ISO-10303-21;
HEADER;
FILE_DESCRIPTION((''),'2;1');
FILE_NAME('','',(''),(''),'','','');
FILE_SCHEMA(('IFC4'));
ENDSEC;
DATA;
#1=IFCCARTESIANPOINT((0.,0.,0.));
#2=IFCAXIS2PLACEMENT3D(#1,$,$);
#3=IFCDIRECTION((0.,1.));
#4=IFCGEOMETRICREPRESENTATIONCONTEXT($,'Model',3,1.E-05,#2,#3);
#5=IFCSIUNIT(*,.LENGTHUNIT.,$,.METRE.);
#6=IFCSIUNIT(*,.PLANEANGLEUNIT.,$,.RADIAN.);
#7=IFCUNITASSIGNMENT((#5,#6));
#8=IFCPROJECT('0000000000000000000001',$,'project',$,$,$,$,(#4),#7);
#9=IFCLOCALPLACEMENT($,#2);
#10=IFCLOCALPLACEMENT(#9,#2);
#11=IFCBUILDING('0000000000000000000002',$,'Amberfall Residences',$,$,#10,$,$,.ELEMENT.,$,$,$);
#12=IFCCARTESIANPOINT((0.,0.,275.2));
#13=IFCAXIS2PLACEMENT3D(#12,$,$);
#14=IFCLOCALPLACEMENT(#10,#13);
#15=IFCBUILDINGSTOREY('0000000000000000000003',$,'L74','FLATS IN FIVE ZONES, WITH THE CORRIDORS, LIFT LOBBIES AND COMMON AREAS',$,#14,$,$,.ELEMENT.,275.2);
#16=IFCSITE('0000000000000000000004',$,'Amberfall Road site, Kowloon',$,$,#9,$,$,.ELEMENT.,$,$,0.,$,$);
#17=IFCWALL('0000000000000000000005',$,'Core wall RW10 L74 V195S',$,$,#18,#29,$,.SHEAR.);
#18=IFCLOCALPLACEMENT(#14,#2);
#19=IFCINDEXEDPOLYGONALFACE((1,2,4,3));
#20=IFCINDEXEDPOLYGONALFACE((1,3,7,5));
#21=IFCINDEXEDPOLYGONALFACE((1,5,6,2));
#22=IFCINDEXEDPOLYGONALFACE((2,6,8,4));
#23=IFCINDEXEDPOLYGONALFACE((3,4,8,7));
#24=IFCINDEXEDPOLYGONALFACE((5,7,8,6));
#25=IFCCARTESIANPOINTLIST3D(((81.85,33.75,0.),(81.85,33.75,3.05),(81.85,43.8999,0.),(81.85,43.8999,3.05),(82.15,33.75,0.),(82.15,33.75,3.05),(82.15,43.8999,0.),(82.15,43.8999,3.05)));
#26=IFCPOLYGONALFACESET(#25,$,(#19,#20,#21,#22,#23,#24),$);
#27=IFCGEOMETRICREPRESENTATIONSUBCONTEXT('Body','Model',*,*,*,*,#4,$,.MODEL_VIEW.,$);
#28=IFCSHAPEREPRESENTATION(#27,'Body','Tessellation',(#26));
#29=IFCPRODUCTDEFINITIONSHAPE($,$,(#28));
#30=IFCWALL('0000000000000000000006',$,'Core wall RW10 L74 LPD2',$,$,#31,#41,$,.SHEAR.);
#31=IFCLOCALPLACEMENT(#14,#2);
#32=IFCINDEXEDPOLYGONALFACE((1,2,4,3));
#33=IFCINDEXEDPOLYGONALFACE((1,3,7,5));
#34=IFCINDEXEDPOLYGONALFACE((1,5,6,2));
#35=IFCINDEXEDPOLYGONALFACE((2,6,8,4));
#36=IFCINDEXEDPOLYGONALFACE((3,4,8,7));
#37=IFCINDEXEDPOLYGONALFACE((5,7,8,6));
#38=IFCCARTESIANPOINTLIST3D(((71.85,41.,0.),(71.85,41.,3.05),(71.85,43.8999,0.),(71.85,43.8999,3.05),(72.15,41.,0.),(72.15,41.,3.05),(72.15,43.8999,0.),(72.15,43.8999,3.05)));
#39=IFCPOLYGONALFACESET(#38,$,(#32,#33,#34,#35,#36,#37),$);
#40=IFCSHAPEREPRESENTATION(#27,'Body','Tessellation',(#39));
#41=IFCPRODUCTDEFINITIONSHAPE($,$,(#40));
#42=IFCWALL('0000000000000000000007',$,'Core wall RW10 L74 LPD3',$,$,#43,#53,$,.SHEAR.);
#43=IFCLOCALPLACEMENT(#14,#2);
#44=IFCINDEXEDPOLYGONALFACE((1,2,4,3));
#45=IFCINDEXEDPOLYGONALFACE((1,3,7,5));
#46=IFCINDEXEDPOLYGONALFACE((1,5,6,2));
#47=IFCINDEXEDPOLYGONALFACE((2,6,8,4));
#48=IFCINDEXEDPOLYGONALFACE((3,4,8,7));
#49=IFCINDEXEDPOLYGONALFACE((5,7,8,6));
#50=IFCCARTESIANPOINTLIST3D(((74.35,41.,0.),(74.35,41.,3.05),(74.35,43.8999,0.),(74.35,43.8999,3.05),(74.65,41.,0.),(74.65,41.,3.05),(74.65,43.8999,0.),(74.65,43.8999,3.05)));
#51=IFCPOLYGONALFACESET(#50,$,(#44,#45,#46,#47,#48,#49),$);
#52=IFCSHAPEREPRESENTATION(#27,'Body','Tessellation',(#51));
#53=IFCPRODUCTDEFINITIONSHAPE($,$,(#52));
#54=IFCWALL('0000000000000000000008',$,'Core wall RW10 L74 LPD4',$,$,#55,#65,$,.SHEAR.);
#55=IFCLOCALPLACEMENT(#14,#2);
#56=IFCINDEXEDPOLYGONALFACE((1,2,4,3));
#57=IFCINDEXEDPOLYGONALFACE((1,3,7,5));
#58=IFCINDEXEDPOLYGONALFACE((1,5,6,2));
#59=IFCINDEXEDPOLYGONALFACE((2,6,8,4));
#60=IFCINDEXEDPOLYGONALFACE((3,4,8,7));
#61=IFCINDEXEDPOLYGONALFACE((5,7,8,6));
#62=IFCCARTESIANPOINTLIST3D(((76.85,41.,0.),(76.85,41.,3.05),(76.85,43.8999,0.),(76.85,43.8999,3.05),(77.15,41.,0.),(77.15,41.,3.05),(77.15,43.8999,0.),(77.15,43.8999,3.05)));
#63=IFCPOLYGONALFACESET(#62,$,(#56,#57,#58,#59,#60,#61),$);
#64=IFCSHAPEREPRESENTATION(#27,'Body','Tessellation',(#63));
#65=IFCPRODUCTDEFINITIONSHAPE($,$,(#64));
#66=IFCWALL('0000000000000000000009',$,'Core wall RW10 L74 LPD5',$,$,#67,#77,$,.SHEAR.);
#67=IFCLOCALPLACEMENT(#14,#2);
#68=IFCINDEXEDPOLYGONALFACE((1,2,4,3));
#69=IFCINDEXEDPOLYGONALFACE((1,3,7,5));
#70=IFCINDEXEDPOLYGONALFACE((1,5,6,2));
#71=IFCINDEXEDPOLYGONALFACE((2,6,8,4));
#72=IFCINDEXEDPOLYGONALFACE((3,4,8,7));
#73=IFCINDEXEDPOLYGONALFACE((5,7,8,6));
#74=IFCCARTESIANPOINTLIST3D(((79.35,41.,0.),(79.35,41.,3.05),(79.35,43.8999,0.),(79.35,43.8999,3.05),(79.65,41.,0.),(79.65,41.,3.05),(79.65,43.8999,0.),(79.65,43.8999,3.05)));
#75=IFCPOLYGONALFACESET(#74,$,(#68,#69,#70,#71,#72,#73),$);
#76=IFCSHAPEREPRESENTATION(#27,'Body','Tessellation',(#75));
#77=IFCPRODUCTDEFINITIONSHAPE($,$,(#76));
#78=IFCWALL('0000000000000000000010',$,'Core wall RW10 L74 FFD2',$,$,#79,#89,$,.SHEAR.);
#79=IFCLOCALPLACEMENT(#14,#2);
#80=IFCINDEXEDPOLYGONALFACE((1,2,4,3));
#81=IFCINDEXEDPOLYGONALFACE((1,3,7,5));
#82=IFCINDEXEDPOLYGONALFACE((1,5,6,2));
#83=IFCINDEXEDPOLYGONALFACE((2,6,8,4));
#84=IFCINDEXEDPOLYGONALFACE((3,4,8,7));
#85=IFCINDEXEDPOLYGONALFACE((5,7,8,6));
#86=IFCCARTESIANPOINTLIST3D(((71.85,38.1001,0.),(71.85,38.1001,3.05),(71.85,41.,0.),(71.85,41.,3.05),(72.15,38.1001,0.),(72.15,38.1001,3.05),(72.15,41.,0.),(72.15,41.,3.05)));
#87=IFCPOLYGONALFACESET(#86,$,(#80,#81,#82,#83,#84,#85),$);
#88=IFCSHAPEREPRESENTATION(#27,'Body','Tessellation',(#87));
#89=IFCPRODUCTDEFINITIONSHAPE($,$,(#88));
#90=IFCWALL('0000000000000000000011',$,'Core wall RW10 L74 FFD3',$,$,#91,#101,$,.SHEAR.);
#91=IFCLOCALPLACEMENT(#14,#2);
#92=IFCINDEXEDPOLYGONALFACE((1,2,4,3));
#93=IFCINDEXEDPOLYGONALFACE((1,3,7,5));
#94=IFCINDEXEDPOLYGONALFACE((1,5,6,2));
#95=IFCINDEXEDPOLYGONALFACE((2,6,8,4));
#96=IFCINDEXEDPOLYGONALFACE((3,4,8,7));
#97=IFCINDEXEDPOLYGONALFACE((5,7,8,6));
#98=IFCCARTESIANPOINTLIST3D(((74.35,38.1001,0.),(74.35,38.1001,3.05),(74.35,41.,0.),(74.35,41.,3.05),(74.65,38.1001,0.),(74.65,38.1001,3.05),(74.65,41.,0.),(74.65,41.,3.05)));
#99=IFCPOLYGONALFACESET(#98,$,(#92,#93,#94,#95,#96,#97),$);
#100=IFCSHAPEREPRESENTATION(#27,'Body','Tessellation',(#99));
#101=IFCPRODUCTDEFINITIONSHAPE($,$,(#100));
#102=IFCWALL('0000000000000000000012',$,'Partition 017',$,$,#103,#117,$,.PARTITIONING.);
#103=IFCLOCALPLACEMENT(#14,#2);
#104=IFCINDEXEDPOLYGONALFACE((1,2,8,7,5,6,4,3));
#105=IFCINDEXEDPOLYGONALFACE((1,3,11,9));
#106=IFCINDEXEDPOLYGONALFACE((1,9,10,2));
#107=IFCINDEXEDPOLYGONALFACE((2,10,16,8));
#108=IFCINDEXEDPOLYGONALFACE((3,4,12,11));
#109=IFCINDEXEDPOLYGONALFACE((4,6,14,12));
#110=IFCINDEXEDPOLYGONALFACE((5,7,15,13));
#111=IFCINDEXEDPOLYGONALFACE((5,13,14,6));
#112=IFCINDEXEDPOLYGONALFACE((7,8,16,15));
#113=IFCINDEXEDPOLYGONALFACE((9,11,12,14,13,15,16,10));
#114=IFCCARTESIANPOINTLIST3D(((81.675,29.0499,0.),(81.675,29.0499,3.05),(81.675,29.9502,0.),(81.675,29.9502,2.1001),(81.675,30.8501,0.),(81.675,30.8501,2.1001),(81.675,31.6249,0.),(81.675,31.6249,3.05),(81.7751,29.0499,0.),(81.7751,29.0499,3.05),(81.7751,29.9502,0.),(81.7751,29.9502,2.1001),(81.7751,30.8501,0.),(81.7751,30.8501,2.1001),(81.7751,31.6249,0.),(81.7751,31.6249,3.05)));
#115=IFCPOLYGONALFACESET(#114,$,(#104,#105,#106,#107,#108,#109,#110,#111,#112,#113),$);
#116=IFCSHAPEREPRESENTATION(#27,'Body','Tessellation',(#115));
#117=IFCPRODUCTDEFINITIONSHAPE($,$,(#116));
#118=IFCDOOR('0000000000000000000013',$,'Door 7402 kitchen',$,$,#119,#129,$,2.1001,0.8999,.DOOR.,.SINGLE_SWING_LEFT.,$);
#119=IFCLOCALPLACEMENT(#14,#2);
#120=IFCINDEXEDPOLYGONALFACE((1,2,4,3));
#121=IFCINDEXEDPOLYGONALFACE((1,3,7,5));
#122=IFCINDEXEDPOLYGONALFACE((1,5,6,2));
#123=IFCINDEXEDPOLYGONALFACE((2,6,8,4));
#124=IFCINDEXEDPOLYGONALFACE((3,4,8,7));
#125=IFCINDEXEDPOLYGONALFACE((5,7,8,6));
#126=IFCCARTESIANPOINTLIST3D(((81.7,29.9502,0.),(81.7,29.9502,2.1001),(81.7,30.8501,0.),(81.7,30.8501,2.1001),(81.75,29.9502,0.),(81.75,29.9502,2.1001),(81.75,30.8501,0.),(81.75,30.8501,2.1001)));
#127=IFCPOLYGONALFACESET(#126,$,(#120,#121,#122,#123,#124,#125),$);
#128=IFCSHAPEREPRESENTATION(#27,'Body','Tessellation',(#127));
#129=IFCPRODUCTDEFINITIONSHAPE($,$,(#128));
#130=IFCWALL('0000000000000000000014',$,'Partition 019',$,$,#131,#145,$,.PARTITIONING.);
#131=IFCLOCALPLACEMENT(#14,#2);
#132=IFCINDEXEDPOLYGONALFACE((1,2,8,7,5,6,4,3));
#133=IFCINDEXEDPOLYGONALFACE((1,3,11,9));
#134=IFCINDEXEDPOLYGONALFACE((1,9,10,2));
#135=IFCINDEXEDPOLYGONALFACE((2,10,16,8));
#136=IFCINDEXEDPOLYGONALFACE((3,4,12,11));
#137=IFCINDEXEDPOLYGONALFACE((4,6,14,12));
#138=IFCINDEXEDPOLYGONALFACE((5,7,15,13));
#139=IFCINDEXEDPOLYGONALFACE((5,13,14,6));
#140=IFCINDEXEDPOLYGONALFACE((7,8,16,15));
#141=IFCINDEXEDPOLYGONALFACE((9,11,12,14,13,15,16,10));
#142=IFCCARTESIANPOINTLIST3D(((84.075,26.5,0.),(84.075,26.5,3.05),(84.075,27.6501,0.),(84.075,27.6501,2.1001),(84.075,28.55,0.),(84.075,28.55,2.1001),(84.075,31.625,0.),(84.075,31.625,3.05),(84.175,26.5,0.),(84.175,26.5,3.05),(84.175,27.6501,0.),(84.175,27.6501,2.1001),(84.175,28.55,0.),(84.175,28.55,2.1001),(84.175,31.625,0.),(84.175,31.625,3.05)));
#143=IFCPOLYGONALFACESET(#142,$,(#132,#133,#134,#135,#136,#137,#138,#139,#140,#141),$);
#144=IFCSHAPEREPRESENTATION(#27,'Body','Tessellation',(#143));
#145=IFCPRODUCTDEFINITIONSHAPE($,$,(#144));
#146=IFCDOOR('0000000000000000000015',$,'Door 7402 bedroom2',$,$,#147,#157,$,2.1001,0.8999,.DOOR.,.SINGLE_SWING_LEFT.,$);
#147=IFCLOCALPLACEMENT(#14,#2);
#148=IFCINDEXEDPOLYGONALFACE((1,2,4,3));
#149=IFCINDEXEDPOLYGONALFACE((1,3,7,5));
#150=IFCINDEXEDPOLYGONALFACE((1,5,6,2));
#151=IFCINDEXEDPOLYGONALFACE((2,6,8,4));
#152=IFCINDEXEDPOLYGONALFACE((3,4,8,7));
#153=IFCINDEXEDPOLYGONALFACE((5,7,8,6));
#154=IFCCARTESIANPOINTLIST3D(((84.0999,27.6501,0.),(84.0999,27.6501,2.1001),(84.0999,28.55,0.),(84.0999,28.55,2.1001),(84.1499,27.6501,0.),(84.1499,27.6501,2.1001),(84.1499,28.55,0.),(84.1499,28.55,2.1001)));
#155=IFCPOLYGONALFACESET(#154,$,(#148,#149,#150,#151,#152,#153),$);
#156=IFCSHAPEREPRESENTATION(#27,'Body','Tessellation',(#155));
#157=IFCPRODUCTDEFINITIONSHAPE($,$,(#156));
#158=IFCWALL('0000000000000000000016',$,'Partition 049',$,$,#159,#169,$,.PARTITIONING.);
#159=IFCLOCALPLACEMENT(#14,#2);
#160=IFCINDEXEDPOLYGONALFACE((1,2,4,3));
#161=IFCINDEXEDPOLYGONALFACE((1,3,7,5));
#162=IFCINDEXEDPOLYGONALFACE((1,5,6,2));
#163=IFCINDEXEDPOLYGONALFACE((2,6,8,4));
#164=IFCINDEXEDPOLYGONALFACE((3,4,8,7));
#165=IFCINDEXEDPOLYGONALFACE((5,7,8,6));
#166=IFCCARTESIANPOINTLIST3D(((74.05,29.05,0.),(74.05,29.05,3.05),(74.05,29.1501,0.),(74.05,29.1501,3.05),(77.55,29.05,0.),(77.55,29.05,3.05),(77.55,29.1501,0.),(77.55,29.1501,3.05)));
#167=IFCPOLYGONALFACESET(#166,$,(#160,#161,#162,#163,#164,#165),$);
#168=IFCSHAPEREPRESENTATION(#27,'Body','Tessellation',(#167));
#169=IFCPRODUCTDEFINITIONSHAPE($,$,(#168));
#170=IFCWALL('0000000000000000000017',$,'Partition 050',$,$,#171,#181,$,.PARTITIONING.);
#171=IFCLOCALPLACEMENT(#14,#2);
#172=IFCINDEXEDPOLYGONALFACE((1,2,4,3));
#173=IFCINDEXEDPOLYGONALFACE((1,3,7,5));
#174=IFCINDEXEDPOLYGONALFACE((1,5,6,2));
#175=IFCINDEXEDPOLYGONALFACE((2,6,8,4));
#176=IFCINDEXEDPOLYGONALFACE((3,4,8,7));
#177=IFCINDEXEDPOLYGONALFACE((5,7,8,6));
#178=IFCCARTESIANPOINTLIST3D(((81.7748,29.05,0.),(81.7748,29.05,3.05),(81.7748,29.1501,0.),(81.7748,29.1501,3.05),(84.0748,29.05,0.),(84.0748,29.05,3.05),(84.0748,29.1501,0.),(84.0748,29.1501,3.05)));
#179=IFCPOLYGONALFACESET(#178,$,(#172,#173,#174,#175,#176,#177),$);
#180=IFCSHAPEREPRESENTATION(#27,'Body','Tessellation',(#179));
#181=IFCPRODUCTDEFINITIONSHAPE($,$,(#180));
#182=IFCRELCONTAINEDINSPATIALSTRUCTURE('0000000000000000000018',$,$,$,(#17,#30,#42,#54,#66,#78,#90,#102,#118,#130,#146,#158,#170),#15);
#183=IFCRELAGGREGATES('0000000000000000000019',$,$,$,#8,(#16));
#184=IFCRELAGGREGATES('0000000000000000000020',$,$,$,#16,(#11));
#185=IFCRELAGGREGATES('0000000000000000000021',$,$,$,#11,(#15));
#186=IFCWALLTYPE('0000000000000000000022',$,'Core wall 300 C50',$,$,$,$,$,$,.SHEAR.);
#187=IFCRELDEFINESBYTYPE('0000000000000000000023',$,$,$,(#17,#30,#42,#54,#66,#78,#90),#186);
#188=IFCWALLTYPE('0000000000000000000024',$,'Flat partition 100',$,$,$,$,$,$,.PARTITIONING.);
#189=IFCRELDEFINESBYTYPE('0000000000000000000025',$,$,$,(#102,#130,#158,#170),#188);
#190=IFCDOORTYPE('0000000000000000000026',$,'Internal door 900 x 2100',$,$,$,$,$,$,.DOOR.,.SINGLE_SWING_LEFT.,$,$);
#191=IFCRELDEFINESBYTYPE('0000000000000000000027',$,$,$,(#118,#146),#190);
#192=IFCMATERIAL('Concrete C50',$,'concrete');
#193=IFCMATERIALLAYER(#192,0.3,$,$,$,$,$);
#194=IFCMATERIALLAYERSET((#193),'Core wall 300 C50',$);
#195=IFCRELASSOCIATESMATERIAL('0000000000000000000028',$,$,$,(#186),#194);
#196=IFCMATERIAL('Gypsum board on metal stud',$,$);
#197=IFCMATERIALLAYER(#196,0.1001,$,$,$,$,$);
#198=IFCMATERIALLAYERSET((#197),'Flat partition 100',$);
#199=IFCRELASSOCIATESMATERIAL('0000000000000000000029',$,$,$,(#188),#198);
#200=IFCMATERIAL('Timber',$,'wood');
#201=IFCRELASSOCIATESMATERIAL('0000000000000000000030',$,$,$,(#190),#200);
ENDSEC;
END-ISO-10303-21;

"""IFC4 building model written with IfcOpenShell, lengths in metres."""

from ifc_helpers import new_model, si_unit, direction, frame, frame_2d, origin, place, context, subcontext, project, spatial, rectangle, extrude, material, layer, layer_set, type_object, element, fill, save


model = new_model("IFC4")

# Units and contexts
model_context = context("Model", 3, precision=1e-05, world=origin(), true_north=direction((0.0, 1.0)))
body_context = subcontext(model_context, "Body", "Model", "MODEL_VIEW")
ifc_project = project(units=[si_unit("LENGTHUNIT", "METRE"), si_unit("PLANEANGLEUNIT", "RADIAN")], contexts=[model_context])

# Site, building, storey
site_placement = place(None, origin())
site = spatial("IfcSite", under=ifc_project, at=site_placement, Name="Amberfall Road site, Kowloon", CompositionType="ELEMENT", RefElevation=0.0)
building_placement = place(site_placement, origin())
building = spatial("IfcBuilding", under=site, at=building_placement, Name="Amberfall Residences", CompositionType="ELEMENT")
storey_placement = place(building_placement, frame((0.0, 0.0, 275.2)))
storey = spatial("IfcBuildingStorey", under=building, at=storey_placement, Name="L74", Description="FLATS IN FIVE ZONES, WITH THE CORRIDORS, LIFT LOBBIES AND COMMON AREAS", CompositionType="ELEMENT", Elevation=275.2)

# Walls
ifc_material_1 = material(Name="Concrete C50", Category="concrete")
ifc_layer_1 = layer(ifc_material_1, 0.3)
ifc_layer_set_1 = layer_set([ifc_layer_1], Name="Core wall 300 C50")
wall_type_1 = type_object("IfcWallType", Name="Core wall 300 C50", PredefinedType="SHEAR", material=ifc_layer_set_1)
wall_1_placement = place(storey_placement, frame((82.0, 33.75, 0.0), z_axis=(0.0, 0.0, 1.0), x_axis=(0.0, 1.0, 0.0)))
element("IfcWall", 1, at=wall_1_placement, inside=storey, type_object=wall_type_1, Name="Core wall RW10 L74 V195S", PredefinedType="SHEAR", context=body_context, shape_type="SweptSolid", body=[
    extrude(rectangle(XDim=10.1499, YDim=0.3, at=frame_2d((5.075, 0.0))), origin(), (0.0, 0.0, 1.0), 3.05),
])
for number, where, z_axis, x_axis, name in (
    (2, (72.0, 41.0, 0.0), (0.0, 0.0, 1.0), (0.0, 1.0, 0.0), "Core wall RW10 L74 LPD2"),
    (3, (74.5, 41.0, 0.0), (0.0, 0.0, 1.0), (0.0, 1.0, 0.0), "Core wall RW10 L74 LPD3"),
    (4, (77.0, 41.0, 0.0), (0.0, 0.0, 1.0), (0.0, 1.0, 0.0), "Core wall RW10 L74 LPD4"),
    (5, (79.5, 41.0, 0.0), (0.0, 0.0, 1.0), (0.0, 1.0, 0.0), "Core wall RW10 L74 LPD5"),
    (6, (72.0, 38.1001, 0.0), (0.0, 0.0, 1.0), (0.0, 1.0, 0.0), "Core wall RW10 L74 FFD2"),
    (7, (74.5, 38.1001, 0.0), (0.0, 0.0, 1.0), (0.0, 1.0, 0.0), "Core wall RW10 L74 FFD3"),
):
    element("IfcWall", number, at=place(storey_placement, frame(where, z_axis=z_axis, x_axis=x_axis)), inside=storey, type_object=wall_type_1, Name=name, PredefinedType="SHEAR", context=body_context, shape_type="SweptSolid", body=[
        extrude(rectangle(XDim=2.8999, YDim=0.3, at=frame_2d((1.45, 0.0))), origin(), (0.0, 0.0, 1.0), 3.05),
    ])

# Walls, openings, doors
ifc_material_2 = material(Name="Gypsum board on metal stud")
ifc_layer_2 = layer(ifc_material_2, 0.1001)
ifc_layer_set_2 = layer_set([ifc_layer_2], Name="Flat partition 100")
wall_type_2 = type_object("IfcWallType", Name="Flat partition 100", PredefinedType="PARTITIONING", material=ifc_layer_set_2)
wall_2_placement = place(storey_placement, frame((81.7251, 31.625, 0.0), z_axis=(0.0, 0.0, 1.0), x_axis=(0.0, -1.0, 0.0)))
wall_2 = element("IfcWall", 8, at=wall_2_placement, inside=storey, type_object=wall_type_2, Name="Partition 017", PredefinedType="PARTITIONING", context=body_context, shape_type="SweptSolid", body=[
    extrude(rectangle(XDim=2.575, YDim=0.1001, at=frame_2d((1.2876, 0.0))), origin(), (0.0, 0.0, 1.0), 3.05),
])
opening_1_placement = place(wall_2_placement, frame((0.7749, 0.0, 0.0)))
opening_1 = element("IfcOpeningElement", 9, at=opening_1_placement, cuts=wall_2, PredefinedType="OPENING", context=body_context, shape_type="SweptSolid", body=[
    extrude(rectangle(XDim=0.8999, YDim=2.1001, at=frame_2d((0.45, 1.05))), frame((0.0, 0.0601, 0.0), z_axis=(0.0, -1.0, 0.0), x_axis=(1.0, 0.0, 0.0)), (0.0, 0.0, 1.0), 0.1201),
])
ifc_material_3 = material(Name="Timber", Category="wood")
door_type_1 = type_object("IfcDoorType", Name="Internal door 900 x 2100", OperationType="SINGLE_SWING_LEFT", PredefinedType="DOOR", material=ifc_material_3)
door_1_placement = place(opening_1_placement, origin())
door_1 = element("IfcDoor", 10, at=door_1_placement, inside=storey, type_object=door_type_1, Name="Door 7402 kitchen", OperationType="SINGLE_SWING_LEFT", OverallHeight=2.1001, OverallWidth=0.8999, PredefinedType="DOOR", context=body_context, shape_type="SweptSolid", body=[
    extrude(rectangle(XDim=0.8999, YDim=2.1001, at=frame_2d((0.45, 1.05))), frame((0.0, 0.0249, 0.0), z_axis=(0.0, -1.0, 0.0), x_axis=(1.0, 0.0, 0.0)), (0.0, 0.0, 1.0), 0.05),
])
fill(opening_1, door_1)
wall_3_placement = place(storey_placement, frame((84.125, 31.625, 0.0), z_axis=(0.0, 0.0, 1.0), x_axis=(0.0, -1.0, 0.0)))
wall_3 = element("IfcWall", 11, at=wall_3_placement, inside=storey, type_object=wall_type_2, Name="Partition 019", PredefinedType="PARTITIONING", context=body_context, shape_type="SweptSolid", body=[
    extrude(rectangle(XDim=5.125, YDim=0.1001, at=frame_2d((2.5625, 0.0))), origin(), (0.0, 0.0, 1.0), 3.05),
])
opening_2_placement = place(wall_3_placement, frame((3.075, 0.0, 0.0)))
opening_2 = element("IfcOpeningElement", 12, at=opening_2_placement, cuts=wall_3, PredefinedType="OPENING", context=body_context, shape_type="SweptSolid", body=[
    extrude(rectangle(XDim=0.8999, YDim=2.1001, at=frame_2d((0.45, 1.05))), frame((0.0, 0.0601, 0.0), z_axis=(0.0, -1.0, 0.0), x_axis=(1.0, 0.0, 0.0)), (0.0, 0.0, 1.0), 0.1201),
])
door_2_placement = place(opening_2_placement, origin())
door_2 = element("IfcDoor", 13, at=door_2_placement, inside=storey, type_object=door_type_1, Name="Door 7402 bedroom2", OperationType="SINGLE_SWING_LEFT", OverallHeight=2.1001, OverallWidth=0.8999, PredefinedType="DOOR", context=body_context, shape_type="SweptSolid", body=[
    extrude(rectangle(XDim=0.8999, YDim=2.1001, at=frame_2d((0.45, 1.05))), frame((0.0, 0.0249, 0.0), z_axis=(0.0, -1.0, 0.0), x_axis=(1.0, 0.0, 0.0)), (0.0, 0.0, 1.0), 0.05),
])
fill(opening_2, door_2)

# Walls
wall_4_placement = place(storey_placement, frame((74.05, 29.1001, 0.0), z_axis=(0.0, 0.0, 1.0), x_axis=(1.0, 0.0, 0.0)))
element("IfcWall", 14, at=wall_4_placement, inside=storey, type_object=wall_type_2, Name="Partition 049", PredefinedType="PARTITIONING", context=body_context, shape_type="SweptSolid", body=[
    extrude(rectangle(XDim=3.5, YDim=0.1001, at=frame_2d((1.75, 0.0))), origin(), (0.0, 0.0, 1.0), 3.05),
])
wall_5_placement = place(storey_placement, frame((81.7749, 29.1001, 0.0), z_axis=(0.0, 0.0, 1.0), x_axis=(1.0, 0.0, 0.0)))
element("IfcWall", 15, at=wall_5_placement, inside=storey, type_object=wall_type_2, Name="Partition 050", PredefinedType="PARTITIONING", context=body_context, shape_type="SweptSolid", body=[
    extrude(rectangle(XDim=2.3, YDim=0.1001, at=frame_2d((1.1499, 0.0))), origin(), (0.0, 0.0, 1.0), 3.05),
])

save(model, "model.ifc")
